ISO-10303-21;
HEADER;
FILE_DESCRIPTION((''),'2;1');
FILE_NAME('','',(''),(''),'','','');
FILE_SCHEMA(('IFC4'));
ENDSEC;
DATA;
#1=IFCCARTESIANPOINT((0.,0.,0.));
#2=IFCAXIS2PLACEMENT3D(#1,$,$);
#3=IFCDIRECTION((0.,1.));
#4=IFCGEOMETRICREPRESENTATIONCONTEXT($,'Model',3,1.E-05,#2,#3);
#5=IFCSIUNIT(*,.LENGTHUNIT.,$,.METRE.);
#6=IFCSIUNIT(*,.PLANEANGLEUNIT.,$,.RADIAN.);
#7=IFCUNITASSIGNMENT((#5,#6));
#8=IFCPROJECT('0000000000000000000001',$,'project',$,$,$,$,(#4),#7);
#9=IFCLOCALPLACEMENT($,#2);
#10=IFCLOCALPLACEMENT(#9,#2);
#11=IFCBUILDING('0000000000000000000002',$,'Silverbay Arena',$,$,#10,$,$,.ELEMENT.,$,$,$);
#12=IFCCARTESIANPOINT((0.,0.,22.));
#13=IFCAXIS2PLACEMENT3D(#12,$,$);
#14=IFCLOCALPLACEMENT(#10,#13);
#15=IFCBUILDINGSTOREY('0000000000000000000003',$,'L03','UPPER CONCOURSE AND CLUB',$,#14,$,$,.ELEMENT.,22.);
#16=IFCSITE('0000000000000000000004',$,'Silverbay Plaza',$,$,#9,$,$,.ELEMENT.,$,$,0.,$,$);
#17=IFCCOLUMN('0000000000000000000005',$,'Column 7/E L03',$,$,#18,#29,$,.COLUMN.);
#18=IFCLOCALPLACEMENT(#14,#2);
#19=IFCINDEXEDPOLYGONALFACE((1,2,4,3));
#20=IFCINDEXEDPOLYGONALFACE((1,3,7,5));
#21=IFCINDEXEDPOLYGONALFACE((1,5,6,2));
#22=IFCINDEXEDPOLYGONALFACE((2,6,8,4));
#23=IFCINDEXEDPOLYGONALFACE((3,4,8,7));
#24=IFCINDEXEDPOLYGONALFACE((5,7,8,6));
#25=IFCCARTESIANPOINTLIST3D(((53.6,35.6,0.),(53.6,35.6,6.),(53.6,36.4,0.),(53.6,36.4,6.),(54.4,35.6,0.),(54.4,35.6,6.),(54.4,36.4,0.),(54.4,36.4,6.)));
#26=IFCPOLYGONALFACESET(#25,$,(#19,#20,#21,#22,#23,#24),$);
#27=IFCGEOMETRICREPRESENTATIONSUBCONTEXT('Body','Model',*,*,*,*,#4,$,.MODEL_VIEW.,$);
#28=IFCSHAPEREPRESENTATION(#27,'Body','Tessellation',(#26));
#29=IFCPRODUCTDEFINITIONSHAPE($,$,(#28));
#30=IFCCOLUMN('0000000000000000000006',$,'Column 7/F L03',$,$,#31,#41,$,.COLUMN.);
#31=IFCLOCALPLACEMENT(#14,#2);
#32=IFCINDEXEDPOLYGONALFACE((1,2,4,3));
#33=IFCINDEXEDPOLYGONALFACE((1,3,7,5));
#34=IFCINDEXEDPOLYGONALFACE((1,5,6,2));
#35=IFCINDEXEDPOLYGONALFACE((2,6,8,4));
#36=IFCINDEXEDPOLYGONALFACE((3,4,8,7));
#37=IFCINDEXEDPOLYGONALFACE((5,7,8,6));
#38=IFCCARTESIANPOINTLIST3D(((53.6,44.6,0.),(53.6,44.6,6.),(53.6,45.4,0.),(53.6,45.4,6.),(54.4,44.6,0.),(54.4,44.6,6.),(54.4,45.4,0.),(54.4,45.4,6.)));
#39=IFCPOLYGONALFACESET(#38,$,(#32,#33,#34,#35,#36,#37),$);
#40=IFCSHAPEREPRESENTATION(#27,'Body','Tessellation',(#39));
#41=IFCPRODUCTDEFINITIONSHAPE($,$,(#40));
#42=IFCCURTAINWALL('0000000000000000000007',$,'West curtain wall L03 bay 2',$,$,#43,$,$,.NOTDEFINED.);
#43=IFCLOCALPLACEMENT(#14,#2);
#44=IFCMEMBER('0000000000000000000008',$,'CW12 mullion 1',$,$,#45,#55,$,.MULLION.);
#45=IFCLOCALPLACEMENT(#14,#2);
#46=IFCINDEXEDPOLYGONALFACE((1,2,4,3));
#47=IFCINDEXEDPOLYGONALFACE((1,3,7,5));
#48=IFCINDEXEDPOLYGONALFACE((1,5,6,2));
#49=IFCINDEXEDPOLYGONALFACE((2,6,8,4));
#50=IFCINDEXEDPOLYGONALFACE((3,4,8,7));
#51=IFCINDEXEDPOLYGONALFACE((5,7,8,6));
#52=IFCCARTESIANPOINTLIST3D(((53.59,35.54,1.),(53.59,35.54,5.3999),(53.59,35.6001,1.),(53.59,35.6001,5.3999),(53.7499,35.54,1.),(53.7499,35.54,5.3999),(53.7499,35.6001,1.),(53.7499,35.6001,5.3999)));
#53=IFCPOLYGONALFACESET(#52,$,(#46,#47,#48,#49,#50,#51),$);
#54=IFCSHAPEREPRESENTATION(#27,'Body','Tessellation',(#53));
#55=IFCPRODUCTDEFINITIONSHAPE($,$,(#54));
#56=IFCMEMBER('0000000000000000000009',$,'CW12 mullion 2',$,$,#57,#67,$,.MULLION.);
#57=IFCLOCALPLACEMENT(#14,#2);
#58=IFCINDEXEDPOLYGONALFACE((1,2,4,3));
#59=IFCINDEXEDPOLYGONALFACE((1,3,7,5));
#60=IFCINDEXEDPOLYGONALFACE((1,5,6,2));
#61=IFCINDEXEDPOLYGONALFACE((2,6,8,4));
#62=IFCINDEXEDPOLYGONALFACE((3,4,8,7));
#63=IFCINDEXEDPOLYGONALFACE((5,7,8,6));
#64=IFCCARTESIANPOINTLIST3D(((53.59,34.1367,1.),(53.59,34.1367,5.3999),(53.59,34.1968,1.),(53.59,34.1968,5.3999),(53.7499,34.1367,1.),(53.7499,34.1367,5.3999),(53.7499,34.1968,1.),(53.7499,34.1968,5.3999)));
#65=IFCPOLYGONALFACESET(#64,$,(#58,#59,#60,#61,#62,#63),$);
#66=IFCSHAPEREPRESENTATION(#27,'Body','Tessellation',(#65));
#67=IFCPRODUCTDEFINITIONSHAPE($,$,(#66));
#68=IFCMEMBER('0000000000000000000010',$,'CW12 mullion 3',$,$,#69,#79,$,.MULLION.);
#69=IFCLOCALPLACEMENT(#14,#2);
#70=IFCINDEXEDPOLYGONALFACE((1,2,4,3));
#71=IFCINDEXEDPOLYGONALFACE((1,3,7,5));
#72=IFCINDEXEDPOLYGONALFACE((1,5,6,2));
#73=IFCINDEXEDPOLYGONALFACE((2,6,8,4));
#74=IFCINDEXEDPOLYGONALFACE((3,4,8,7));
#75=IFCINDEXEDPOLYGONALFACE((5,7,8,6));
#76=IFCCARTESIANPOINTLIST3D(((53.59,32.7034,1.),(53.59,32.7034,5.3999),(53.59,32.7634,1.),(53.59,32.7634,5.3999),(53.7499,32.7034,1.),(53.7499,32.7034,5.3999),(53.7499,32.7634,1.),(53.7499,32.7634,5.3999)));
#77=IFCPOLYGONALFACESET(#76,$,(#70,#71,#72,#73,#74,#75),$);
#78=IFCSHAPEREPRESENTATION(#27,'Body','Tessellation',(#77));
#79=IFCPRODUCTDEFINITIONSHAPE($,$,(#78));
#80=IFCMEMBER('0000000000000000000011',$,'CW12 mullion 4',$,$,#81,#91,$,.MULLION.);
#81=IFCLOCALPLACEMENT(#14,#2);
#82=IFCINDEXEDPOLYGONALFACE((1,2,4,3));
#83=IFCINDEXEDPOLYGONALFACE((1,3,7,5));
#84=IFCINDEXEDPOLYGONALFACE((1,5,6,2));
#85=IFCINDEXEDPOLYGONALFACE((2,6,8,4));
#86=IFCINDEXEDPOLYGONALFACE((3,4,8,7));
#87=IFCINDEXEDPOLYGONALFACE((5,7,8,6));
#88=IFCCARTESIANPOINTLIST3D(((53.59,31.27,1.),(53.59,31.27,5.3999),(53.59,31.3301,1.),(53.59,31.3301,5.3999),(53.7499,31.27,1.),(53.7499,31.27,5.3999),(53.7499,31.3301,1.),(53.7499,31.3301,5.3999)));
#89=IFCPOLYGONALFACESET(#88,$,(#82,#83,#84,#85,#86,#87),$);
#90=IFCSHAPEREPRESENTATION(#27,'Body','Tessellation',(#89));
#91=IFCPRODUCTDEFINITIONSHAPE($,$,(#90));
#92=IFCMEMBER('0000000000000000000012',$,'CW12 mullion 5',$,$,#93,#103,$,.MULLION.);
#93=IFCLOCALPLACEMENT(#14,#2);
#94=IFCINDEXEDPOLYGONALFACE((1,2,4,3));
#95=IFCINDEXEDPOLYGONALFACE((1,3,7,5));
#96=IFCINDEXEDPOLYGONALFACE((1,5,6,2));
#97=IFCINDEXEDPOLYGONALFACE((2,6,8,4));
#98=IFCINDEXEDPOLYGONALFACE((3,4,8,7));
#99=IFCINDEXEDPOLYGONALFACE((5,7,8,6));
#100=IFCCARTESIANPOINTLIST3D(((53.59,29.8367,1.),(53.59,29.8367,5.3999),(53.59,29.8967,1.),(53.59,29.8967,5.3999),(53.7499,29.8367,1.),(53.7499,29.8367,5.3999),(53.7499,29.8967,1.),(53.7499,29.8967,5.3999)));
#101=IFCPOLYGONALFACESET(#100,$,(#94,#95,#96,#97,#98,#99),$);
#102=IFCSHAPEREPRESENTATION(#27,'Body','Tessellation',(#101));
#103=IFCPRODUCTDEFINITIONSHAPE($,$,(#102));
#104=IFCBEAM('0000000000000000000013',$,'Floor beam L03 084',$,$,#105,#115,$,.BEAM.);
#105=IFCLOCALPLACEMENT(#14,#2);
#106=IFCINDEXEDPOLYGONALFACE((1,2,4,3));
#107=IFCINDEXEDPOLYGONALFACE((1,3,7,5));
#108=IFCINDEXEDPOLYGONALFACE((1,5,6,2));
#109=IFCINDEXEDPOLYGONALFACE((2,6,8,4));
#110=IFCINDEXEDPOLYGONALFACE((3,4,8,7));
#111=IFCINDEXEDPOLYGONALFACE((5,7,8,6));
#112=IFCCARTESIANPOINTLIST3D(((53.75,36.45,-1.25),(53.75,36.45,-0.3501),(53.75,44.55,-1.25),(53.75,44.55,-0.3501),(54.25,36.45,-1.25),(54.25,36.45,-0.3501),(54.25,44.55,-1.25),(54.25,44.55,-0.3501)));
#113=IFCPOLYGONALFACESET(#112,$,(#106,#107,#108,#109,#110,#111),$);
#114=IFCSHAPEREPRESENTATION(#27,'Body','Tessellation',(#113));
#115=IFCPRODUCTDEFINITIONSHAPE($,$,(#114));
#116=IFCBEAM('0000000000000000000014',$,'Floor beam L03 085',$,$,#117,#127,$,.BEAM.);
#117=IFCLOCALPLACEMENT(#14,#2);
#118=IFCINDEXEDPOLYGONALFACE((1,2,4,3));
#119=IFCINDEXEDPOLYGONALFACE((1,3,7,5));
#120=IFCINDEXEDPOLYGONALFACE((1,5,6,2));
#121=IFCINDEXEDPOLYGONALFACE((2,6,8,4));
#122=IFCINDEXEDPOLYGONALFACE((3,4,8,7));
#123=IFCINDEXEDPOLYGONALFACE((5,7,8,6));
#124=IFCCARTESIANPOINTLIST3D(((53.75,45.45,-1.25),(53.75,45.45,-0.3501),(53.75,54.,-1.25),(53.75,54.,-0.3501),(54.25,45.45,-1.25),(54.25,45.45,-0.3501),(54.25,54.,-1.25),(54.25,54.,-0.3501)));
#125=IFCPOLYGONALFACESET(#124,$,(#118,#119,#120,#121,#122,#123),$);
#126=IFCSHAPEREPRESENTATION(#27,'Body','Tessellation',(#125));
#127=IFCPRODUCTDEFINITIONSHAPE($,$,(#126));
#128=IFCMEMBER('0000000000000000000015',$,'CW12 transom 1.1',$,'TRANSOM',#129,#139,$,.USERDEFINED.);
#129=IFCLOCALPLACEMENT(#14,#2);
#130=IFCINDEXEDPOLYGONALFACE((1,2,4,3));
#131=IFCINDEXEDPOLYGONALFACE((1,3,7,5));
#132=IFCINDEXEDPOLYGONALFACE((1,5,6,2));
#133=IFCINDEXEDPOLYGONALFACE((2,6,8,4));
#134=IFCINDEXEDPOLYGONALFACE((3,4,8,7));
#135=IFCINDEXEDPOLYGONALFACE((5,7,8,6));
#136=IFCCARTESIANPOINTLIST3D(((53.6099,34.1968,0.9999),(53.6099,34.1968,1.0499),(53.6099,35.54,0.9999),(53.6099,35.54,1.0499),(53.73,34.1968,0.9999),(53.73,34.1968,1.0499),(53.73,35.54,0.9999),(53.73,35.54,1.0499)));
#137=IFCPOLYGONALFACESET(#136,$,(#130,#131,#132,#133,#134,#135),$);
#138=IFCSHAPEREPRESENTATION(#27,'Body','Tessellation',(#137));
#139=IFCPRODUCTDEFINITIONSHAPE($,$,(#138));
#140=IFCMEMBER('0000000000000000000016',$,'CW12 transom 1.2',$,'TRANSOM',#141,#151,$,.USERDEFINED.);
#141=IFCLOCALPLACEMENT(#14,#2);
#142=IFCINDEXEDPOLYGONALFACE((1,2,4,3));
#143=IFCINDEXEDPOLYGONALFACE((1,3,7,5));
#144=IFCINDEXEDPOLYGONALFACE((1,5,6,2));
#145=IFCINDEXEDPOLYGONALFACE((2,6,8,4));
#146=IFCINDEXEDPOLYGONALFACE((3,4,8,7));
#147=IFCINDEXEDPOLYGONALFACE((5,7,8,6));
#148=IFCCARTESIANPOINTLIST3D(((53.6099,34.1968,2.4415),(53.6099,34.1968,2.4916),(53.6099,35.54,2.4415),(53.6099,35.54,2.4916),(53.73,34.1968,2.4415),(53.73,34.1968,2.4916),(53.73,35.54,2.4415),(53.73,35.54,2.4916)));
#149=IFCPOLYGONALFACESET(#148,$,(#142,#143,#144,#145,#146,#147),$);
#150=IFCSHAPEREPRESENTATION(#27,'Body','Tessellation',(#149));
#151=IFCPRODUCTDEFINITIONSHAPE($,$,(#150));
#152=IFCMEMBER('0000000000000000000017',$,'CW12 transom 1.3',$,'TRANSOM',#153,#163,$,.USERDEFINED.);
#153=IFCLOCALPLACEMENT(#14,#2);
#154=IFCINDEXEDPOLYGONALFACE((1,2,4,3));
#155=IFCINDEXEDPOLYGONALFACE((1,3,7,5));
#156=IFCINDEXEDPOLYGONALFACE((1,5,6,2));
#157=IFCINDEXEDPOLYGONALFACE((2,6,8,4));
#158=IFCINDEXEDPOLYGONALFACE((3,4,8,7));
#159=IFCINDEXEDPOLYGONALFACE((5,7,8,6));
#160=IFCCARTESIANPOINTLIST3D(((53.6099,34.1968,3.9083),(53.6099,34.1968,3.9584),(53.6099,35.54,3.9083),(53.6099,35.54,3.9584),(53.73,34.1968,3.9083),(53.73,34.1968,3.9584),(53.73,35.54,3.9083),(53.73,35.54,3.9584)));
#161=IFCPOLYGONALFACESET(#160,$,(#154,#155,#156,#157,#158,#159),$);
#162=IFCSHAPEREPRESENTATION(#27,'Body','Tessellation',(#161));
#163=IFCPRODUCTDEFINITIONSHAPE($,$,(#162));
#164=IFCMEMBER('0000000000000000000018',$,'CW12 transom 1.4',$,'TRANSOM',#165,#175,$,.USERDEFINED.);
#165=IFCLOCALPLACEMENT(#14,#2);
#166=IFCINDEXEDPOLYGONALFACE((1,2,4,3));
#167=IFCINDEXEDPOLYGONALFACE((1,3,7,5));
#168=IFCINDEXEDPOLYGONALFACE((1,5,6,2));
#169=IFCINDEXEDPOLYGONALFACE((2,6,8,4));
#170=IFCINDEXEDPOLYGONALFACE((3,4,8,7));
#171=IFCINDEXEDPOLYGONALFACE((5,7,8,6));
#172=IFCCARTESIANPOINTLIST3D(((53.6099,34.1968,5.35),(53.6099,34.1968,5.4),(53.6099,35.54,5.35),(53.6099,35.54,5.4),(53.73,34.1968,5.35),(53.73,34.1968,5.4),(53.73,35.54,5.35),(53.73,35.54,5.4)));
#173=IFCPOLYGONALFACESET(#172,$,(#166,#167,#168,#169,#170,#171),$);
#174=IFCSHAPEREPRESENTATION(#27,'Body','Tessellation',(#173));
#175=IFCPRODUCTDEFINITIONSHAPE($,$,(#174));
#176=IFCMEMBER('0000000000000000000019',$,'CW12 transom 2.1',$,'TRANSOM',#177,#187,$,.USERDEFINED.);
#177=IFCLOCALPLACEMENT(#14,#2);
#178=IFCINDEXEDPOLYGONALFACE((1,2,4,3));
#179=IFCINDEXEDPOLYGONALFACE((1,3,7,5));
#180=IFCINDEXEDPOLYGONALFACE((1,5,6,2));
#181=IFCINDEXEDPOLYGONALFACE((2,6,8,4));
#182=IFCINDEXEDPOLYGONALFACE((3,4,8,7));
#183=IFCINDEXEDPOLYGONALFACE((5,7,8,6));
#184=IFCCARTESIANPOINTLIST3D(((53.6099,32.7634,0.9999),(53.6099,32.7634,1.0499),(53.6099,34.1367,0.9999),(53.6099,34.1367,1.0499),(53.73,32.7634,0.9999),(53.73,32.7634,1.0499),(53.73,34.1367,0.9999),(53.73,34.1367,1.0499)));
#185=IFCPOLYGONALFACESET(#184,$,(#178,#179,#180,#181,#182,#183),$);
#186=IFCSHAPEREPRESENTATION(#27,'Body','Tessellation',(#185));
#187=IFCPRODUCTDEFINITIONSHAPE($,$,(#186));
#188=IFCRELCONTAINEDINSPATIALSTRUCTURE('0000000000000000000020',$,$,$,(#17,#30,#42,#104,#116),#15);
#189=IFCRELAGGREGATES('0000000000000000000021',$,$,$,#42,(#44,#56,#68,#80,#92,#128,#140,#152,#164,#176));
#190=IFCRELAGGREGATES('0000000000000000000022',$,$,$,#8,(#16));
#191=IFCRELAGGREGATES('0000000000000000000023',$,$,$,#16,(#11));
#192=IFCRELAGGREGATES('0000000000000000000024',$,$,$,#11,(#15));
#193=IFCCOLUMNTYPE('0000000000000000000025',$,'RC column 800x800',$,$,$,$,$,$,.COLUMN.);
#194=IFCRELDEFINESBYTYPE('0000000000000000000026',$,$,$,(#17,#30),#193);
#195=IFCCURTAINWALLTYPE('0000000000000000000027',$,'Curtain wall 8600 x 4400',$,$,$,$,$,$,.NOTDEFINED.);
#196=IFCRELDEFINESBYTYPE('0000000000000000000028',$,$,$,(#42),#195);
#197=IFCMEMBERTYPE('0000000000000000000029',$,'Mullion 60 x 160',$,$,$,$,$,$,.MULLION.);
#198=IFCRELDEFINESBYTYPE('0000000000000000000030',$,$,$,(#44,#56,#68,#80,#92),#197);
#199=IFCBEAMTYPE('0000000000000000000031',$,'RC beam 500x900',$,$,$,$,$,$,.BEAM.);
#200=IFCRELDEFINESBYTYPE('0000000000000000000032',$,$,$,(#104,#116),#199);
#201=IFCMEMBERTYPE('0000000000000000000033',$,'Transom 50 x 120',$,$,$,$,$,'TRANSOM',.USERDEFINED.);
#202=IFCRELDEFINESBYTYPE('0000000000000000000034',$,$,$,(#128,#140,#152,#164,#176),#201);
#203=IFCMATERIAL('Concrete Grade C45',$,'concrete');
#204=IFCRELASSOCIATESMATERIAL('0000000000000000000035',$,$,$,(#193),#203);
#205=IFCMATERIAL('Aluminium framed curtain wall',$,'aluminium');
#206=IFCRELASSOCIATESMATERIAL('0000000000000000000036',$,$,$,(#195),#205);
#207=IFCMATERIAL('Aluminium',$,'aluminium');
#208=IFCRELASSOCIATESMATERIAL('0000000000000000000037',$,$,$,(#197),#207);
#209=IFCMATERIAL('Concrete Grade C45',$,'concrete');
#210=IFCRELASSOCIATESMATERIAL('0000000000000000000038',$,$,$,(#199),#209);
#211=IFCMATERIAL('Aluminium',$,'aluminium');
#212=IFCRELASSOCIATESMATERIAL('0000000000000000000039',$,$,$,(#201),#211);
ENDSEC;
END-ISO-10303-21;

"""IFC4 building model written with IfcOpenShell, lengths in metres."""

from ifc_helpers import new_model, si_unit, direction, frame, origin, origin_2d, place, context, subcontext, project, spatial, rectangle, extrude, material, material_profile, profile_set, type_object, element, aggregate, save


model = new_model("IFC4")

# Units and contexts
model_context = context("Model", 3, precision=1e-05, world=origin(), true_north=direction((0.0, 1.0)))
body_context = subcontext(model_context, "Body", "Model", "MODEL_VIEW")
ifc_project = project(units=[si_unit("LENGTHUNIT", "METRE"), si_unit("PLANEANGLEUNIT", "RADIAN")], contexts=[model_context])

# Site, building, storey
site_placement = place(None, origin())
site = spatial("IfcSite", under=ifc_project, at=site_placement, Name="Silverbay Plaza", CompositionType="ELEMENT", RefElevation=0.0)
building_placement = place(site_placement, origin())
building = spatial("IfcBuilding", under=site, at=building_placement, Name="Silverbay Arena", CompositionType="ELEMENT")
storey_placement = place(building_placement, frame((0.0, 0.0, 22.0)))
storey = spatial("IfcBuildingStorey", under=building, at=storey_placement, Name="L03", Description="UPPER CONCOURSE AND CLUB", CompositionType="ELEMENT", Elevation=22.0)

# Columns
ifc_material_1 = material(Name="Concrete Grade C45", Category="concrete")
ifc_material_profile_1 = material_profile(ifc_material_1, rectangle(XDim=0.8, YDim=0.8, at=origin_2d()), Name="RC 800x800")
ifc_profile_set_1 = profile_set([ifc_material_profile_1], Name="Concrete Grade C45")
column_type = type_object("IfcColumnType", Name="RC column 800x800", PredefinedType="COLUMN", material=ifc_profile_set_1)
for number, where, z_axis, x_axis, name in (
    (1, (54.0, 36.0, 0.0), (0.0, 0.0, 1.0), (1.0, 0.0, 0.0), "Column 7/E L03"),
    (2, (54.0, 45.0, 0.0), (0.0, 0.0, 1.0), (1.0, 0.0, 0.0), "Column 7/F L03"),
):
    element("IfcColumn", number, at=place(storey_placement, frame(where, z_axis=z_axis, x_axis=x_axis)), inside=storey, type_object=column_type, Name=name, PredefinedType="COLUMN", context=body_context, shape_type="SweptSolid", body=[
        extrude(rectangle(XDim=0.8, YDim=0.8, at=origin_2d()), origin(), (0.0, 0.0, 1.0), 6.0),
    ])

# Curtain wall, members
ifc_material_2 = material(Name="Aluminium framed curtain wall", Category="aluminium")
curtain_wall_type = type_object("IfcCurtainWallType", Name="Curtain wall 8600 x 4400", PredefinedType="NOTDEFINED", material=ifc_material_2)
curtain_wall_placement = place(storey_placement, origin())
curtain_wall = element("IfcCurtainWall", 3, at=curtain_wall_placement, inside=storey, type_object=curtain_wall_type, Name="West curtain wall L03 bay 2", PredefinedType="NOTDEFINED")
ifc_material_3 = material(Name="Aluminium", Category="aluminium")
ifc_material_profile_2 = material_profile(ifc_material_3, rectangle(XDim=0.1599, YDim=0.0601, at=origin_2d()), Name="Mullion 60 x 160")
ifc_profile_set_2 = profile_set([ifc_material_profile_2], Name="Aluminium")
member_type_1 = type_object("IfcMemberType", Name="Mullion 60 x 160", PredefinedType="MULLION", material=ifc_profile_set_2)
member_1_placement = place(storey_placement, frame((53.6699, 35.5701, 1.0), z_axis=(0.0, 0.0, 1.0), x_axis=(1.0, 0.0, 0.0)))
member_1 = element("IfcMember", 4, at=member_1_placement, type_object=member_type_1, Name="CW12 mullion 1", PredefinedType="MULLION", context=body_context, shape_type="SweptSolid", body=[
    extrude(rectangle(XDim=0.1599, YDim=0.0601, at=origin_2d()), origin(), (0.0, 0.0, 1.0), 4.3999),
])
member_2_placement = place(storey_placement, frame((53.6699, 34.1667, 1.0), z_axis=(0.0, 0.0, 1.0), x_axis=(1.0, 0.0, 0.0)))
member_2 = element("IfcMember", 5, at=member_2_placement, type_object=member_type_1, Name="CW12 mullion 2", PredefinedType="MULLION", context=body_context, shape_type="SweptSolid", body=[
    extrude(rectangle(XDim=0.1599, YDim=0.0601, at=origin_2d()), origin(), (0.0, 0.0, 1.0), 4.3999),
])
member_3_placement = place(storey_placement, frame((53.6699, 32.7334, 1.0), z_axis=(0.0, 0.0, 1.0), x_axis=(1.0, 0.0, 0.0)))
member_3 = element("IfcMember", 6, at=member_3_placement, type_object=member_type_1, Name="CW12 mullion 3", PredefinedType="MULLION", context=body_context, shape_type="SweptSolid", body=[
    extrude(rectangle(XDim=0.1599, YDim=0.0601, at=origin_2d()), origin(), (0.0, 0.0, 1.0), 4.3999),
])
member_4_placement = place(storey_placement, frame((53.6699, 31.3, 1.0), z_axis=(0.0, 0.0, 1.0), x_axis=(1.0, 0.0, 0.0)))
member_4 = element("IfcMember", 7, at=member_4_placement, type_object=member_type_1, Name="CW12 mullion 4", PredefinedType="MULLION", context=body_context, shape_type="SweptSolid", body=[
    extrude(rectangle(XDim=0.1599, YDim=0.0601, at=origin_2d()), origin(), (0.0, 0.0, 1.0), 4.3999),
])
member_5_placement = place(storey_placement, frame((53.6699, 29.8667, 1.0), z_axis=(0.0, 0.0, 1.0), x_axis=(1.0, 0.0, 0.0)))
member_5 = element("IfcMember", 8, at=member_5_placement, type_object=member_type_1, Name="CW12 mullion 5", PredefinedType="MULLION", context=body_context, shape_type="SweptSolid", body=[
    extrude(rectangle(XDim=0.1599, YDim=0.0601, at=origin_2d()), origin(), (0.0, 0.0, 1.0), 4.3999),
])

# Beams
ifc_material_4 = material(Name="Concrete Grade C45", Category="concrete")
ifc_material_profile_3 = material_profile(ifc_material_4, rectangle(XDim=0.5, YDim=0.8999, at=origin_2d()), Name="RC 500x900")
ifc_profile_set_3 = profile_set([ifc_material_profile_3], Name="Concrete Grade C45")
beam_type = type_object("IfcBeamType", Name="RC beam 500x900", PredefinedType="BEAM", material=ifc_profile_set_3)
beam_1_placement = place(storey_placement, frame((54.0, 36.45, -0.8), z_axis=(0.0, 1.0, 0.0), x_axis=(-1.0, 0.0, 0.0)))
element("IfcBeam", 9, at=beam_1_placement, inside=storey, type_object=beam_type, Name="Floor beam L03 084", PredefinedType="BEAM", context=body_context, shape_type="SweptSolid", body=[
    extrude(rectangle(XDim=0.5, YDim=0.8999, at=origin_2d()), origin(), (0.0, 0.0, 1.0), 8.1001),
])
beam_2_placement = place(storey_placement, frame((54.0, 45.45, -0.8), z_axis=(0.0, 1.0, 0.0), x_axis=(-1.0, 0.0, 0.0)))
element("IfcBeam", 10, at=beam_2_placement, inside=storey, type_object=beam_type, Name="Floor beam L03 085", PredefinedType="BEAM", context=body_context, shape_type="SweptSolid", body=[
    extrude(rectangle(XDim=0.5, YDim=0.8999, at=origin_2d()), origin(), (0.0, 0.0, 1.0), 8.55),
])

# Members
ifc_material_5 = material(Name="Aluminium", Category="aluminium")
ifc_material_profile_4 = material_profile(ifc_material_5, rectangle(XDim=0.1201, YDim=0.05, at=origin_2d()), Name="Transom 50 x 120")
ifc_profile_set_4 = profile_set([ifc_material_profile_4], Name="Aluminium")
member_type_2 = type_object("IfcMemberType", Name="Transom 50 x 120", ElementType="TRANSOM", PredefinedType="USERDEFINED", material=ifc_profile_set_4)
member_6_placement = place(storey_placement, frame((53.6699, 35.54, 1.0249), z_axis=(0.0, -1.0, 0.0), x_axis=(1.0, 0.0, 0.0)))
member_6 = element("IfcMember", 11, at=member_6_placement, type_object=member_type_2, Name="CW12 transom 1.1", ObjectType="TRANSOM", PredefinedType="USERDEFINED", context=body_context, shape_type="SweptSolid", body=[
    extrude(rectangle(XDim=0.1201, YDim=0.05, at=origin_2d()), origin(), (0.0, 0.0, 1.0), 1.3433),
])
member_7_placement = place(storey_placement, frame((53.6699, 35.54, 2.4666), z_axis=(0.0, -1.0, 0.0), x_axis=(1.0, 0.0, 0.0)))
member_7 = element("IfcMember", 12, at=member_7_placement, type_object=member_type_2, Name="CW12 transom 1.2", ObjectType="TRANSOM", PredefinedType="USERDEFINED", context=body_context, shape_type="SweptSolid", body=[
    extrude(rectangle(XDim=0.1201, YDim=0.05, at=origin_2d()), origin(), (0.0, 0.0, 1.0), 1.3433),
])
member_8_placement = place(storey_placement, frame((53.6699, 35.54, 3.9333), z_axis=(0.0, -1.0, 0.0), x_axis=(1.0, 0.0, 0.0)))
member_8 = element("IfcMember", 13, at=member_8_placement, type_object=member_type_2, Name="CW12 transom 1.3", ObjectType="TRANSOM", PredefinedType="USERDEFINED", context=body_context, shape_type="SweptSolid", body=[
    extrude(rectangle(XDim=0.1201, YDim=0.05, at=origin_2d()), origin(), (0.0, 0.0, 1.0), 1.3433),
])
member_9_placement = place(storey_placement, frame((53.6699, 35.54, 5.375), z_axis=(0.0, -1.0, 0.0), x_axis=(1.0, 0.0, 0.0)))
member_9 = element("IfcMember", 14, at=member_9_placement, type_object=member_type_2, Name="CW12 transom 1.4", ObjectType="TRANSOM", PredefinedType="USERDEFINED", context=body_context, shape_type="SweptSolid", body=[
    extrude(rectangle(XDim=0.1201, YDim=0.05, at=origin_2d()), origin(), (0.0, 0.0, 1.0), 1.3433),
])
member_10_placement = place(storey_placement, frame((53.6699, 34.1367, 1.0249), z_axis=(0.0, -1.0, 0.0), x_axis=(1.0, 0.0, 0.0)))
member_10 = element("IfcMember", 15, at=member_10_placement, type_object=member_type_2, Name="CW12 transom 2.1", ObjectType="TRANSOM", PredefinedType="USERDEFINED", context=body_context, shape_type="SweptSolid", body=[
    extrude(rectangle(XDim=0.1201, YDim=0.05, at=origin_2d()), origin(), (0.0, 0.0, 1.0), 1.3733),
])

aggregate(curtain_wall, [member_1, member_2, member_3, member_4, member_5, member_6, member_7, member_8, member_9, member_10])

save(model, "model.ifc")
